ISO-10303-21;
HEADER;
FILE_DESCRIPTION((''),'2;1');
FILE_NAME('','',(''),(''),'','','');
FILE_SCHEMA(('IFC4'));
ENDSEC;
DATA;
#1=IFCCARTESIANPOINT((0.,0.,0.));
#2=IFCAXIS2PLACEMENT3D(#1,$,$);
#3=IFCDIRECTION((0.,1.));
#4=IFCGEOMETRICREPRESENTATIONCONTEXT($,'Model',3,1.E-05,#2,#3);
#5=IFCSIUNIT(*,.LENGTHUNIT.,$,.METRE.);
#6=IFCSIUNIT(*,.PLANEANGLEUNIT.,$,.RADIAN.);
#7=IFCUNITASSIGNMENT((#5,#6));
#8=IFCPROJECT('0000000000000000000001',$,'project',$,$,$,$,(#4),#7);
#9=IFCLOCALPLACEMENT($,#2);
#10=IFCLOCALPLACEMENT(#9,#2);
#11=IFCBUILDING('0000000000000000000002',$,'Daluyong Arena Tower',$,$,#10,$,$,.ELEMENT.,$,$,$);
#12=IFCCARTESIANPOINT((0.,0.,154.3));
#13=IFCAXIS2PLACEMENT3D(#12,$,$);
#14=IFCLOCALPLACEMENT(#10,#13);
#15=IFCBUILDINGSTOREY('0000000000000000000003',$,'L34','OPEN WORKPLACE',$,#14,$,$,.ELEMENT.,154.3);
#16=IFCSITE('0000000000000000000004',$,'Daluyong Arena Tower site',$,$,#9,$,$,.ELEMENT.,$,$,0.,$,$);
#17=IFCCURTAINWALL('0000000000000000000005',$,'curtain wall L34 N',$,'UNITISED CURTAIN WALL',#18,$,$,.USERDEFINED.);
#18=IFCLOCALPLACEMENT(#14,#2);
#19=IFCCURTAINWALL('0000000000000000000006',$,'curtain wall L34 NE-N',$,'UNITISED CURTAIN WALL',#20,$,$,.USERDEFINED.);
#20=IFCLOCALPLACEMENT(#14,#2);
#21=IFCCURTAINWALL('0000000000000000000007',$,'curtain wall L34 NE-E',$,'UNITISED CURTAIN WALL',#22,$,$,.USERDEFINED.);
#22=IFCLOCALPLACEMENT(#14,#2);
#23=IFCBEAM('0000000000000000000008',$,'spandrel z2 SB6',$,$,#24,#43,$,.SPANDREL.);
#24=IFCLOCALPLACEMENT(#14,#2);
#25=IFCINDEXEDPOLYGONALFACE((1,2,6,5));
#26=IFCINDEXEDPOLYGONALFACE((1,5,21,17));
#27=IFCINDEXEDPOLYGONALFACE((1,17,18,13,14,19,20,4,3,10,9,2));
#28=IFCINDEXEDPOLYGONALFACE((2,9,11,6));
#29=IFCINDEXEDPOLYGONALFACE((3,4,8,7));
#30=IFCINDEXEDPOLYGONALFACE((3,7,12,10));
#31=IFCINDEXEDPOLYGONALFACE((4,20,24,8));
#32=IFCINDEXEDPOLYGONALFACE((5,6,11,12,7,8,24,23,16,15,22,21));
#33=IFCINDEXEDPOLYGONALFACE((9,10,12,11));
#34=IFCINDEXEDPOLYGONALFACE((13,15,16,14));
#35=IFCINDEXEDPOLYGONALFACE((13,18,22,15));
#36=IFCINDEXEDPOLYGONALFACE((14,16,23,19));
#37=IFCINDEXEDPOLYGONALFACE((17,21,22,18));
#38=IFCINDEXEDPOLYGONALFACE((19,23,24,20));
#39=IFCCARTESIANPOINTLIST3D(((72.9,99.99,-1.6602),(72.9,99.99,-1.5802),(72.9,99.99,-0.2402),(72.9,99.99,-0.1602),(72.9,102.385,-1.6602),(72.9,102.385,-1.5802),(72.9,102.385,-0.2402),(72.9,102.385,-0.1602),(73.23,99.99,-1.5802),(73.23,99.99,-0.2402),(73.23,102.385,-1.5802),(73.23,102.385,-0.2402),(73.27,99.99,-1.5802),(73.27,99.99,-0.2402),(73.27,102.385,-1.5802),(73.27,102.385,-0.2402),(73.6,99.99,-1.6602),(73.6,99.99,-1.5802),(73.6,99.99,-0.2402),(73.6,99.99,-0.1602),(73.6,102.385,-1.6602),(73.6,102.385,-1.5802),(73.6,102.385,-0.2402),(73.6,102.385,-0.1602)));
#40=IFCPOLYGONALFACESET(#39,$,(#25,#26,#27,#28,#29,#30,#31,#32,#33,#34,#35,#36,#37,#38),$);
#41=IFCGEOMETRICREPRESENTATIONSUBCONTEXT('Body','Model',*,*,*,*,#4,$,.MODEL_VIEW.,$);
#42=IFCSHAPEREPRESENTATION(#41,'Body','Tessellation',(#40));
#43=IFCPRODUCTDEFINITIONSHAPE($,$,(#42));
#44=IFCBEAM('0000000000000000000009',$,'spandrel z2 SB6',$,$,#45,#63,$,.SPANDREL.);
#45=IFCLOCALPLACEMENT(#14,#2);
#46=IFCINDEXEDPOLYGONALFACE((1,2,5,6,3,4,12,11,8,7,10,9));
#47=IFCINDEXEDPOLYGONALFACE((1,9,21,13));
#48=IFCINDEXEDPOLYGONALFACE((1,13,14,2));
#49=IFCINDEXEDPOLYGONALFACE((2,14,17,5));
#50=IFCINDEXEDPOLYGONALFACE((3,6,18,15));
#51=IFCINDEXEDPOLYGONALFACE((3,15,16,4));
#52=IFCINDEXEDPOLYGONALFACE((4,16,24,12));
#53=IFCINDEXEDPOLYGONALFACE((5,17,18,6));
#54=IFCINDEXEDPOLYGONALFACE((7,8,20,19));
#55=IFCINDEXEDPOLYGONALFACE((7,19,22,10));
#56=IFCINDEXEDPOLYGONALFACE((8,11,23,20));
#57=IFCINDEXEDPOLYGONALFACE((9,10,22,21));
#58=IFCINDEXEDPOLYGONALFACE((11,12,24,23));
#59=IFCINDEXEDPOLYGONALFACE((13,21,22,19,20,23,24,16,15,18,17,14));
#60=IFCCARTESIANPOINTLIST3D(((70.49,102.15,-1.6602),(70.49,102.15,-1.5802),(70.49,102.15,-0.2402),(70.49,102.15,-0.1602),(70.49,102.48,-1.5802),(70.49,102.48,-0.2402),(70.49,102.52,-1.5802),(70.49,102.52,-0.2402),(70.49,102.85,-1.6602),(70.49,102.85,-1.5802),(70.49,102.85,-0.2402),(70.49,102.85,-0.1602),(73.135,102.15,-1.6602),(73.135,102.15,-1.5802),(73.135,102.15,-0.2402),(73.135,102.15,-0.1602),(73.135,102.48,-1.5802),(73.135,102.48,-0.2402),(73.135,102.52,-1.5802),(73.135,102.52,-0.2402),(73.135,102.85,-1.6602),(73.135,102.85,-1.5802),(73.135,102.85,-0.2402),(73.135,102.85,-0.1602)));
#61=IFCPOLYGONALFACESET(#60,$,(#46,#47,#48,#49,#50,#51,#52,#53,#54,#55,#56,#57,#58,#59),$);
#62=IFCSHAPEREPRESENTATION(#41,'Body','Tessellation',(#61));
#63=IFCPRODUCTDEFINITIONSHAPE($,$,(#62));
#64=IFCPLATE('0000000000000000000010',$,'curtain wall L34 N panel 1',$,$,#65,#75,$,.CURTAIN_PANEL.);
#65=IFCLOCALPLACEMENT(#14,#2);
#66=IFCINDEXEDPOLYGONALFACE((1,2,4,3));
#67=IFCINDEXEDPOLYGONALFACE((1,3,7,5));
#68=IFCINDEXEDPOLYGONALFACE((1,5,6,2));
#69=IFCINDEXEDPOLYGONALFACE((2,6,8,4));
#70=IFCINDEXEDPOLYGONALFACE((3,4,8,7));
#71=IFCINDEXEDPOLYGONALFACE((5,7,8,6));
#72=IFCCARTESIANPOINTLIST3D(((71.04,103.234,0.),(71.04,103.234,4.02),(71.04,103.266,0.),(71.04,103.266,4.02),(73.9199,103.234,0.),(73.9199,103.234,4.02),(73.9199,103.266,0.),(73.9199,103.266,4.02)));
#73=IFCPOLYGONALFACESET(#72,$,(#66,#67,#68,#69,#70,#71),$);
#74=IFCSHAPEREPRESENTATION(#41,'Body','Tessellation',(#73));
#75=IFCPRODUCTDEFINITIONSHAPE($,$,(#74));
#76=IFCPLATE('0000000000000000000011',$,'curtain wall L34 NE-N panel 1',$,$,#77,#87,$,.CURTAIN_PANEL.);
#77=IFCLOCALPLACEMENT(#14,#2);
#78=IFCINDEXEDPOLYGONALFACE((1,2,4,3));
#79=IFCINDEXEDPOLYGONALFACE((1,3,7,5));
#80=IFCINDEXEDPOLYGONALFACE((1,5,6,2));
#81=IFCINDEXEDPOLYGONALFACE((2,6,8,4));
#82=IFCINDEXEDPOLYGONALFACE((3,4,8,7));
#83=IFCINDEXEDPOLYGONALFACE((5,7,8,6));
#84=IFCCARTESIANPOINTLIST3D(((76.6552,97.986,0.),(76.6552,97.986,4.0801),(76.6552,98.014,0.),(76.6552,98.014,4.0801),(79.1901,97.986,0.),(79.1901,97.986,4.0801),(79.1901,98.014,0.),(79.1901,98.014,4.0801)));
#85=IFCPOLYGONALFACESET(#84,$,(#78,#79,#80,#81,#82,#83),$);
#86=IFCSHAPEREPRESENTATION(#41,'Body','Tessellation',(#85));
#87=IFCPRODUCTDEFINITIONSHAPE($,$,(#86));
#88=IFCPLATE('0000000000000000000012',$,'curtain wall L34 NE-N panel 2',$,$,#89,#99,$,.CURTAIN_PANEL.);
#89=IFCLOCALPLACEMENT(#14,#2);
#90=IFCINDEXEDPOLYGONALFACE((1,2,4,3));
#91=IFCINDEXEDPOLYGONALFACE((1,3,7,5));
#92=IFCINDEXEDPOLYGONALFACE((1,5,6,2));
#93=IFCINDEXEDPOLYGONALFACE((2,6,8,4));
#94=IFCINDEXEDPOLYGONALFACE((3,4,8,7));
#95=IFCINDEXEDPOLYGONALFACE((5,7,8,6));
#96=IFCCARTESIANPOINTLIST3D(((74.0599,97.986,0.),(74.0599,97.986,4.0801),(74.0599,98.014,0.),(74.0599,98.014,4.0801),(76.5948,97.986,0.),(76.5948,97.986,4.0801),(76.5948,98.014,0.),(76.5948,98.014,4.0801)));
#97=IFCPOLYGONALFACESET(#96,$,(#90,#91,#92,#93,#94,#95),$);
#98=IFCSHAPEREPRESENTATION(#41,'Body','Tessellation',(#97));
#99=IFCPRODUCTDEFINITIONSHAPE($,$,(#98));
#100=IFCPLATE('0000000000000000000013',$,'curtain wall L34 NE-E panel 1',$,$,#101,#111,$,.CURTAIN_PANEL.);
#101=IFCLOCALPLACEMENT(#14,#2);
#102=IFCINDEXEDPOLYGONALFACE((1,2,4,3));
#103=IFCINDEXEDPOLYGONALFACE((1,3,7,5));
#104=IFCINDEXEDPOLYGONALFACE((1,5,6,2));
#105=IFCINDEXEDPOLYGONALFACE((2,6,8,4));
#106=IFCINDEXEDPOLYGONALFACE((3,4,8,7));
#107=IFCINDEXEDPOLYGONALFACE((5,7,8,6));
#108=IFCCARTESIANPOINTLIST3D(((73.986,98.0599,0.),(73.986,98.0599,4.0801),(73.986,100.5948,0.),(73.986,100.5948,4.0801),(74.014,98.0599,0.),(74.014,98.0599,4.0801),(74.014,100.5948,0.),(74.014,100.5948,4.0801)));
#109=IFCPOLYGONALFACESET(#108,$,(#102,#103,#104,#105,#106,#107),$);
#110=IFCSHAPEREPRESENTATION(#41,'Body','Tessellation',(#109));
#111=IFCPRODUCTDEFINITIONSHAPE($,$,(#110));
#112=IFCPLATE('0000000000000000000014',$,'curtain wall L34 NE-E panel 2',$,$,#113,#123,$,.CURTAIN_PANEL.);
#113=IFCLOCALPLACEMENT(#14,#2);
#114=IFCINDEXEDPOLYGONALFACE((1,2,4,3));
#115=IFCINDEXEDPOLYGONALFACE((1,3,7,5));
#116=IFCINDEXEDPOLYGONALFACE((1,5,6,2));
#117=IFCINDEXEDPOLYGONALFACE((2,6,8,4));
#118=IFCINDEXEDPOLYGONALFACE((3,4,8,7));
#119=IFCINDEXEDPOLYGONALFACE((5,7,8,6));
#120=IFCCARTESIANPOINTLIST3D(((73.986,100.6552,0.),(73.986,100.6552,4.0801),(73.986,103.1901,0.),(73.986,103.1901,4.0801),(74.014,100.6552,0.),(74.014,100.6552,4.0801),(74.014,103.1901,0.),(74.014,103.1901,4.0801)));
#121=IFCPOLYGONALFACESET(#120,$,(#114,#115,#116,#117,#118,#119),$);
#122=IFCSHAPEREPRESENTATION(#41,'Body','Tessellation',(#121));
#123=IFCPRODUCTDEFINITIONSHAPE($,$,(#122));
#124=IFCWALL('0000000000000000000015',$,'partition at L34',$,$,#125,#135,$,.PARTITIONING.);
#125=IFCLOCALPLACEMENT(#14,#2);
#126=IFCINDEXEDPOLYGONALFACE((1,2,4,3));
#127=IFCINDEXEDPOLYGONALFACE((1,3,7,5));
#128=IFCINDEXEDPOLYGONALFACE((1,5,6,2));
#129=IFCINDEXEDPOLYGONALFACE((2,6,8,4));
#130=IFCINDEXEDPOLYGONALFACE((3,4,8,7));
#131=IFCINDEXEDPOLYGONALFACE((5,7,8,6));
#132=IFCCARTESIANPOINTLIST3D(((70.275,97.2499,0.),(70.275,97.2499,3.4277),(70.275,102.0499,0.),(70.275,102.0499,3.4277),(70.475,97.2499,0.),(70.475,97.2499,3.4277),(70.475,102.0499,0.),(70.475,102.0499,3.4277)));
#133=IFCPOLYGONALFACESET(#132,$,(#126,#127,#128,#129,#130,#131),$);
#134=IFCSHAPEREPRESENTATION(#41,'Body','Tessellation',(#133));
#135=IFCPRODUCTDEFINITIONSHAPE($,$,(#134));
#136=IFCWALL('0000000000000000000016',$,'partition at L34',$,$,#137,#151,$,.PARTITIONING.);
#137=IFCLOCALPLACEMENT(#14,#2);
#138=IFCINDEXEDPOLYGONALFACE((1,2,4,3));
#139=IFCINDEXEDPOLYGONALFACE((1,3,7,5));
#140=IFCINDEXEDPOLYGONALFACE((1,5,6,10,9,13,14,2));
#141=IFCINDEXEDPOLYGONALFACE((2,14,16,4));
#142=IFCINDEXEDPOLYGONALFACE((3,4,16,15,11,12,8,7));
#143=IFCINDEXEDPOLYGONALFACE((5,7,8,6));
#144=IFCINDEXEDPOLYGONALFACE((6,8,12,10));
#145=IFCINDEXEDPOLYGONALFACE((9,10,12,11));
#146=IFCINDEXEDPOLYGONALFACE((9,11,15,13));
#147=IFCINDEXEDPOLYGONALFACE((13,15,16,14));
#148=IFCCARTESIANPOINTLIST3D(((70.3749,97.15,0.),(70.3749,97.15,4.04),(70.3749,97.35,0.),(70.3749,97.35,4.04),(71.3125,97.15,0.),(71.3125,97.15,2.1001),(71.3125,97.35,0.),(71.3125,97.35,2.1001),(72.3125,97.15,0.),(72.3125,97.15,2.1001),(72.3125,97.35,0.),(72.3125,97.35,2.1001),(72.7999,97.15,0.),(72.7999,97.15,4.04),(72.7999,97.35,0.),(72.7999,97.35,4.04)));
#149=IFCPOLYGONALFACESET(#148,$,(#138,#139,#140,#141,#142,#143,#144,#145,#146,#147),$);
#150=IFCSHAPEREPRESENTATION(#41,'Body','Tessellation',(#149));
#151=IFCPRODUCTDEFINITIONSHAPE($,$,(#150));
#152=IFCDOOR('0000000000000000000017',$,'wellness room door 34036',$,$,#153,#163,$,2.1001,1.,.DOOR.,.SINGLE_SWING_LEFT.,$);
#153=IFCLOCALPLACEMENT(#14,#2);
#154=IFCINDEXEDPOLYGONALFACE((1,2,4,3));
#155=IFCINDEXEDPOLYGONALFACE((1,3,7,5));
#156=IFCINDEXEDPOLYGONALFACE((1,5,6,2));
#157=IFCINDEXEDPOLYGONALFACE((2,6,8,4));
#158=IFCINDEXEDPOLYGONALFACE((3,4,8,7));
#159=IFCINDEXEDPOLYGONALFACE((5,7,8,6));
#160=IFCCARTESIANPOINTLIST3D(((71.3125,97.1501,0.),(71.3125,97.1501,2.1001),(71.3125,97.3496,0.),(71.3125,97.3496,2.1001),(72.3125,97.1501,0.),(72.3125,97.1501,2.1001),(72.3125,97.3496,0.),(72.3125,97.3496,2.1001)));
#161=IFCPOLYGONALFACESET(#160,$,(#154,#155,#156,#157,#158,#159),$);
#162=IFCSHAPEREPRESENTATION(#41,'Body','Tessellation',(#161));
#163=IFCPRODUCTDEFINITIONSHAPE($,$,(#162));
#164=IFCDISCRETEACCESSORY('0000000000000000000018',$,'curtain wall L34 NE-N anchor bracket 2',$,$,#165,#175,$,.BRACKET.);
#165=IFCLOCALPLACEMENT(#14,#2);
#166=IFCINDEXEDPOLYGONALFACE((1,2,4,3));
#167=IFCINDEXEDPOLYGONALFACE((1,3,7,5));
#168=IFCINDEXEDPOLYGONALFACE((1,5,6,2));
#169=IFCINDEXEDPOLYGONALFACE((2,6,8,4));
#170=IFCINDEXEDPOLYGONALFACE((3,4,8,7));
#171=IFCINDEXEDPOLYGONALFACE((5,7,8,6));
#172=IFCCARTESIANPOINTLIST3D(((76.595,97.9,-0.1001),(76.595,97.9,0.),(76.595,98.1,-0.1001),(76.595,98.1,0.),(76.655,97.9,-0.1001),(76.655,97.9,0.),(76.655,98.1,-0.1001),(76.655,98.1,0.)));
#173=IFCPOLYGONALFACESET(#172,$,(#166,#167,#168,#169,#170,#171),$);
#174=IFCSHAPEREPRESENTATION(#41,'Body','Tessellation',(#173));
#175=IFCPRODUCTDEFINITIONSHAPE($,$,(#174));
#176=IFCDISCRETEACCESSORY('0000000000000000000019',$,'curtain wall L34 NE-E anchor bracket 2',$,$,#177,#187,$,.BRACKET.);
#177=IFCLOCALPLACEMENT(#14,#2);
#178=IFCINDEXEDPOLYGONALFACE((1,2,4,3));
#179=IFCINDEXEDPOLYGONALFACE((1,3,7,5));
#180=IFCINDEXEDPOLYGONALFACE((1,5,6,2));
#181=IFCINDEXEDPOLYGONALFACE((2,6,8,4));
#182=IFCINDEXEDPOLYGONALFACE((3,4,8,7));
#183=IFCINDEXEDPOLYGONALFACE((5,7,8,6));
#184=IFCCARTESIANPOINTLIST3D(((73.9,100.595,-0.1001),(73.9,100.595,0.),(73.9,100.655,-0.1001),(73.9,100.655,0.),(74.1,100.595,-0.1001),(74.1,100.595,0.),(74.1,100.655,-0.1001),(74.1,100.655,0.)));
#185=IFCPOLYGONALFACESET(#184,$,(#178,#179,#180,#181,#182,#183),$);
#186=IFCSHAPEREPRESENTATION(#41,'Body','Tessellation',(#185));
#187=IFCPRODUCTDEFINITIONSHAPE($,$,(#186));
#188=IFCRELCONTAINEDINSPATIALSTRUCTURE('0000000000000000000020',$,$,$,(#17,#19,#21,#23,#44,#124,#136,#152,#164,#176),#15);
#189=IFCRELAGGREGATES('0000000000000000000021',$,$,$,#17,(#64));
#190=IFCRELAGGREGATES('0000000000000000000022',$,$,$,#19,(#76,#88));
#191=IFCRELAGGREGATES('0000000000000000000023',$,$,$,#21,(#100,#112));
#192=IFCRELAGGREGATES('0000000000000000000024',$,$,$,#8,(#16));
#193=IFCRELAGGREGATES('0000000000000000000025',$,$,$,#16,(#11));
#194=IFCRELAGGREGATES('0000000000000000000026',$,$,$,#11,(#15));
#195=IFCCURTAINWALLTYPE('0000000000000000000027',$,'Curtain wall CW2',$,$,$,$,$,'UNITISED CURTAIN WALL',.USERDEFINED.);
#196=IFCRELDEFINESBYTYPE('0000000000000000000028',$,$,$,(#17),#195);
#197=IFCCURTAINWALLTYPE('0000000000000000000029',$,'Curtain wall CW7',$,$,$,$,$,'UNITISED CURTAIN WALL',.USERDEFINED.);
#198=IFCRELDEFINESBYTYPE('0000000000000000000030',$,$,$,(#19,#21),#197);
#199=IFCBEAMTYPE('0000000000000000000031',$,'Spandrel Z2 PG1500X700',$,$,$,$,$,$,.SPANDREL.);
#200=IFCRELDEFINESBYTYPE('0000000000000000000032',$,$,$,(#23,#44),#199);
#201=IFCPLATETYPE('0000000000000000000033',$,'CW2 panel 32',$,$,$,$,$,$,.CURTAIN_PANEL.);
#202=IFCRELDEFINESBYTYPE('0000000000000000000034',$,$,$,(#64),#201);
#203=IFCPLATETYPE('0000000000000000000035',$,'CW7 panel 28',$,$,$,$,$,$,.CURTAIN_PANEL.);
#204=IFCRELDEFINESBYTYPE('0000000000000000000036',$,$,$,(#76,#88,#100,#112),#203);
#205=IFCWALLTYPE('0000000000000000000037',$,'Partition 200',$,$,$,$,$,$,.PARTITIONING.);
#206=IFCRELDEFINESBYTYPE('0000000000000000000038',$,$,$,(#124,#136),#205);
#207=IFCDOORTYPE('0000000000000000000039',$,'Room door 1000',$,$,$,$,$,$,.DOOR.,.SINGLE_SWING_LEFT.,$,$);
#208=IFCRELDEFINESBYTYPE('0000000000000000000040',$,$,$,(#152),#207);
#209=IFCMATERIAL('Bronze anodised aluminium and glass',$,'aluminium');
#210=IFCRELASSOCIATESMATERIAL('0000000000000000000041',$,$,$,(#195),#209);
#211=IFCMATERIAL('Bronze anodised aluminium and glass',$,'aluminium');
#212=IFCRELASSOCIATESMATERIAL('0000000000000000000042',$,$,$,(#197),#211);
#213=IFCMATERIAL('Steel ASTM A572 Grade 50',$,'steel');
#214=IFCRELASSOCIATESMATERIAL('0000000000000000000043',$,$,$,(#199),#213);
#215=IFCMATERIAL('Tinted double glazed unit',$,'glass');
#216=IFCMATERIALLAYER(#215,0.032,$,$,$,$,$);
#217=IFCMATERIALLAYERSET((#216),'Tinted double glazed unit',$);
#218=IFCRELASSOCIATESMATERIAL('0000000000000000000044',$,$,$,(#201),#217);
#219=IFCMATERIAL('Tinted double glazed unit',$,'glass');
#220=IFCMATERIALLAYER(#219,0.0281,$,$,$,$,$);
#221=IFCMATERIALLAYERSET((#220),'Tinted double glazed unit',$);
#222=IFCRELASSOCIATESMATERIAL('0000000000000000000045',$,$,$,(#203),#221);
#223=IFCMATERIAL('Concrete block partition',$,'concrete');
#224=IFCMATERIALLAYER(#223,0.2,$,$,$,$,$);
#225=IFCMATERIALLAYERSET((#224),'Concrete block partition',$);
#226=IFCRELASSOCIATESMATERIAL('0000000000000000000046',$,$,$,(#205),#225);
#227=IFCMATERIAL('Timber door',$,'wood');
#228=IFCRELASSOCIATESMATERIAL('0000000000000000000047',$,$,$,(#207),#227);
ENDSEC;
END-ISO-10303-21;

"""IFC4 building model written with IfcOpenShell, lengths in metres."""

from ifc_helpers import new_model, si_unit, direction, frame, frame_2d, origin, origin_2d, place, context, subcontext, project, spatial, rectangle, i_section, extrude, material, layer, layer_set, material_profile, profile_set, type_object, element, fill, aggregate, save


model = new_model("IFC4")

# Units and contexts
model_context = context("Model", 3, precision=1e-05, world=origin(), true_north=direction((0.0, 1.0)))
body_context = subcontext(model_context, "Body", "Model", "MODEL_VIEW")
ifc_project = project(units=[si_unit("LENGTHUNIT", "METRE"), si_unit("PLANEANGLEUNIT", "RADIAN")], contexts=[model_context])

# Site, building, storey
site_placement = place(None, origin())
site = spatial("IfcSite", under=ifc_project, at=site_placement, Name="Daluyong Arena Tower site", CompositionType="ELEMENT", RefElevation=0.0)
building_placement = place(site_placement, origin())
building = spatial("IfcBuilding", under=site, at=building_placement, Name="Daluyong Arena Tower", CompositionType="ELEMENT")
storey_placement = place(building_placement, frame((0.0, 0.0, 154.3)))
storey = spatial("IfcBuildingStorey", under=building, at=storey_placement, Name="L34", Description="OPEN WORKPLACE", CompositionType="ELEMENT", Elevation=154.3)

# Shared definitions
ifc_material_1 = material(Name="Bronze anodised aluminium and glass", Category="aluminium")
curtain_wall_type_1 = type_object("IfcCurtainWallType", Name="Curtain wall CW2", ElementType="UNITISED CURTAIN WALL", PredefinedType="USERDEFINED", material=ifc_material_1)

# Curtain walls
curtain_wall_1_placement = place(storey_placement, origin())
curtain_wall_1 = element("IfcCurtainWall", 1, at=curtain_wall_1_placement, inside=storey, type_object=curtain_wall_type_1, Name="curtain wall L34 N", ObjectType="UNITISED CURTAIN WALL", PredefinedType="USERDEFINED")
ifc_material_2 = material(Name="Bronze anodised aluminium and glass", Category="aluminium")
curtain_wall_type_2 = type_object("IfcCurtainWallType", Name="Curtain wall CW7", ElementType="UNITISED CURTAIN WALL", PredefinedType="USERDEFINED", material=ifc_material_2)
curtain_wall_2_placement = place(storey_placement, origin())
curtain_wall_2 = element("IfcCurtainWall", 2, at=curtain_wall_2_placement, inside=storey, type_object=curtain_wall_type_2, Name="curtain wall L34 NE-N", ObjectType="UNITISED CURTAIN WALL", PredefinedType="USERDEFINED")
curtain_wall_3_placement = place(storey_placement, origin())
curtain_wall_3 = element("IfcCurtainWall", 3, at=curtain_wall_3_placement, inside=storey, type_object=curtain_wall_type_2, Name="curtain wall L34 NE-E", ObjectType="UNITISED CURTAIN WALL", PredefinedType="USERDEFINED")

# Beams
ifc_material_3 = material(Name="Steel ASTM A572 Grade 50", Category="steel")
ifc_material_profile_1 = material_profile(ifc_material_3, i_section(OverallWidth=0.7, OverallDepth=1.5, WebThickness=0.04, FlangeThickness=0.08, at=origin_2d()))
ifc_profile_set_1 = profile_set([ifc_material_profile_1], Name="Steel ASTM A572 Grade 50")
beam_type_1 = type_object("IfcBeamType", Name="Spandrel Z2 PG1500X700", PredefinedType="SPANDREL", material=ifc_profile_set_1)
for number, where, z_axis, x_axis, name in (
    (4, (73.25, 99.99, -0.9102), (0.0, 1.0, 0.0), (-1.0, 0.0, 0.0), "spandrel z2 SB6"),
):
    element("IfcBeam", number, at=place(storey_placement, frame(where, z_axis=z_axis, x_axis=x_axis)), inside=storey, type_object=beam_type_1, Name=name, PredefinedType="SPANDREL", context=body_context, shape_type="SweptSolid", body=[
        extrude(i_section(OverallWidth=0.7, OverallDepth=1.5, WebThickness=0.04, FlangeThickness=0.08, at=origin_2d()), origin(), (0.0, 0.0, 1.0), 2.395),
    ])
beam_1_placement = place(storey_placement, frame((73.135, 102.5, -0.9102), z_axis=(-1.0, 0.0, 0.0), x_axis=(0.0, -1.0, 0.0)))
element("IfcBeam", 5, at=beam_1_placement, inside=storey, type_object=beam_type_1, Name="spandrel z2 SB6", PredefinedType="SPANDREL", context=body_context, shape_type="SweptSolid", body=[
    extrude(i_section(OverallWidth=0.7, OverallDepth=1.5, WebThickness=0.04, FlangeThickness=0.08, at=origin_2d()), origin(), (0.0, 0.0, 1.0), 2.645),
])

# Plates
ifc_material_4 = material(Name="Tinted double glazed unit", Category="glass")
ifc_layer_1 = layer(ifc_material_4, 0.032)
ifc_layer_set_1 = layer_set([ifc_layer_1], Name="Tinted double glazed unit")
plate_type_1 = type_object("IfcPlateType", Name="CW2 panel 32", PredefinedType="CURTAIN_PANEL", material=ifc_layer_set_1)
plate_1_placement = place(storey_placement, frame((72.48, 103.25, 0.0), z_axis=(0.0, 0.0, 1.0), x_axis=(-1.0, 0.0, 0.0)))
plate_1 = element("IfcPlate", 6, at=plate_1_placement, type_object=plate_type_1, Name="curtain wall L34 N panel 1", PredefinedType="CURTAIN_PANEL", context=body_context, shape_type="SweptSolid", body=[
    extrude(rectangle(XDim=2.8799, YDim=0.032, at=origin_2d()), origin(), (0.0, 0.0, 1.0), 4.02),
])
aggregate(curtain_wall_1, [plate_1])
ifc_material_5 = material(Name="Tinted double glazed unit", Category="glass")
ifc_layer_2 = layer(ifc_material_5, 0.0281)
ifc_layer_set_2 = layer_set([ifc_layer_2], Name="Tinted double glazed unit")
plate_type_2 = type_object("IfcPlateType", Name="CW7 panel 28", PredefinedType="CURTAIN_PANEL", material=ifc_layer_set_2)
plate_2_placement = place(storey_placement, frame((77.9226, 98.0, 0.0), z_axis=(0.0, 0.0, 1.0), x_axis=(-1.0, 0.0, 0.0)))
plate_2 = element("IfcPlate", 7, at=plate_2_placement, type_object=plate_type_2, Name="curtain wall L34 NE-N panel 1", PredefinedType="CURTAIN_PANEL", context=body_context, shape_type="SweptSolid", body=[
    extrude(rectangle(XDim=2.5349, YDim=0.0281, at=origin_2d()), origin(), (0.0, 0.0, 1.0), 4.0801),
])
plate_3_placement = place(storey_placement, frame((75.3274, 98.0, 0.0), z_axis=(0.0, 0.0, 1.0), x_axis=(-1.0, 0.0, 0.0)))
plate_3 = element("IfcPlate", 8, at=plate_3_placement, type_object=plate_type_2, Name="curtain wall L34 NE-N panel 2", PredefinedType="CURTAIN_PANEL", context=body_context, shape_type="SweptSolid", body=[
    extrude(rectangle(XDim=2.5349, YDim=0.0281, at=origin_2d()), origin(), (0.0, 0.0, 1.0), 4.0801),
])
aggregate(curtain_wall_2, [plate_2, plate_3])
plate_4_placement = place(storey_placement, frame((74.0, 99.3274, 0.0), z_axis=(0.0, 0.0, 1.0), x_axis=(0.0, 1.0, 0.0)))
plate_4 = element("IfcPlate", 9, at=plate_4_placement, type_object=plate_type_2, Name="curtain wall L34 NE-E panel 1", PredefinedType="CURTAIN_PANEL", context=body_context, shape_type="SweptSolid", body=[
    extrude(rectangle(XDim=2.5349, YDim=0.0281, at=origin_2d()), origin(), (0.0, 0.0, 1.0), 4.0801),
])
plate_5_placement = place(storey_placement, frame((74.0, 101.9226, 0.0), z_axis=(0.0, 0.0, 1.0), x_axis=(0.0, 1.0, 0.0)))
plate_5 = element("IfcPlate", 10, at=plate_5_placement, type_object=plate_type_2, Name="curtain wall L34 NE-E panel 2", PredefinedType="CURTAIN_PANEL", context=body_context, shape_type="SweptSolid", body=[
    extrude(rectangle(XDim=2.5349, YDim=0.0281, at=origin_2d()), origin(), (0.0, 0.0, 1.0), 4.0801),
])
aggregate(curtain_wall_3, [plate_4, plate_5])

# Wall
ifc_material_6 = material(Name="Concrete block partition", Category="concrete")
ifc_layer_3 = layer(ifc_material_6, 0.2)
ifc_layer_set_3 = layer_set([ifc_layer_3], Name="Concrete block partition")
wall_type = type_object("IfcWallType", Name="Partition 200", PredefinedType="PARTITIONING", material=ifc_layer_set_3)
wall_1_placement = place(storey_placement, frame((70.375, 97.25, 0.0), z_axis=(0.0, 0.0, 1.0), x_axis=(0.0, 1.0, 0.0)))
element("IfcWall", 11, at=wall_1_placement, inside=storey, type_object=wall_type, Name="partition at L34", PredefinedType="PARTITIONING", context=body_context, shape_type="SweptSolid", body=[
    extrude(rectangle(XDim=4.8, YDim=0.2, at=frame_2d((2.3999, 0.0))), origin(), (0.0, 0.0, 1.0), 3.4277),
])

# Wall, opening, door
wall_2_placement = place(storey_placement, frame((70.375, 97.25, 0.0), z_axis=(0.0, 0.0, 1.0), x_axis=(1.0, 0.0, 0.0)))
wall_2 = element("IfcWall", 12, at=wall_2_placement, inside=storey, type_object=wall_type, Name="partition at L34", PredefinedType="PARTITIONING", context=body_context, shape_type="SweptSolid", body=[
    extrude(rectangle(XDim=2.425, YDim=0.2, at=frame_2d((1.2124, 0.0))), origin(), (0.0, 0.0, 1.0), 4.04),
])
opening_placement = place(wall_2_placement, frame((0.9375, 0.0, 0.0)))
opening = element("IfcOpeningElement", 13, at=opening_placement, cuts=wall_2, PredefinedType="OPENING", context=body_context, shape_type="SweptSolid", body=[
    extrude(rectangle(XDim=1.0, YDim=2.1001, at=frame_2d((0.5, 1.05))), frame((0.0, 0.1099, 0.0), z_axis=(0.0, -1.0, 0.0), x_axis=(1.0, 0.0, 0.0)), (0.0, 0.0, 1.0), 0.22),
])
ifc_material_7 = material(Name="Timber door", Category="wood")
door_type = type_object("IfcDoorType", Name="Room door 1000", OperationType="SINGLE_SWING_LEFT", PredefinedType="DOOR", material=ifc_material_7)
door_placement = place(opening_placement, origin())
door = element("IfcDoor", 14, at=door_placement, inside=storey, type_object=door_type, Name="wellness room door 34036", OperationType="SINGLE_SWING_LEFT", OverallHeight=2.1001, OverallWidth=1.0, PredefinedType="DOOR", context=body_context, shape_type="SweptSolid", body=[
    extrude(rectangle(XDim=1.0, YDim=2.1001, at=frame_2d((0.5, 1.05))), frame((0.0, 0.0996, 0.0), z_axis=(0.0, -1.0, 0.0), x_axis=(1.0, 0.0, 0.0)), (0.0, 0.0, 1.0), 0.1995),
])
fill(opening, door)

# Discrete accessories
for number, where, z_axis, x_axis, name in (
    (15, (76.625, 98.0, -0.1001), (0.0, 0.0, 1.0), (-1.0, 0.0, 0.0), "curtain wall L34 NE-N anchor bracket 2"),
    (16, (74.0, 100.625, -0.1001), (0.0, 0.0, 1.0), (0.0, 1.0, 0.0), "curtain wall L34 NE-E anchor bracket 2"),
):
    element("IfcDiscreteAccessory", number, at=place(storey_placement, frame(where, z_axis=z_axis, x_axis=x_axis)), inside=storey, Name=name, PredefinedType="BRACKET", context=body_context, shape_type="SweptSolid", body=[
        extrude(rectangle(XDim=0.0601, YDim=0.2, at=origin_2d()), origin(), (0.0, 0.0, 1.0), 0.1001),
    ])

save(model, "model.ifc")
